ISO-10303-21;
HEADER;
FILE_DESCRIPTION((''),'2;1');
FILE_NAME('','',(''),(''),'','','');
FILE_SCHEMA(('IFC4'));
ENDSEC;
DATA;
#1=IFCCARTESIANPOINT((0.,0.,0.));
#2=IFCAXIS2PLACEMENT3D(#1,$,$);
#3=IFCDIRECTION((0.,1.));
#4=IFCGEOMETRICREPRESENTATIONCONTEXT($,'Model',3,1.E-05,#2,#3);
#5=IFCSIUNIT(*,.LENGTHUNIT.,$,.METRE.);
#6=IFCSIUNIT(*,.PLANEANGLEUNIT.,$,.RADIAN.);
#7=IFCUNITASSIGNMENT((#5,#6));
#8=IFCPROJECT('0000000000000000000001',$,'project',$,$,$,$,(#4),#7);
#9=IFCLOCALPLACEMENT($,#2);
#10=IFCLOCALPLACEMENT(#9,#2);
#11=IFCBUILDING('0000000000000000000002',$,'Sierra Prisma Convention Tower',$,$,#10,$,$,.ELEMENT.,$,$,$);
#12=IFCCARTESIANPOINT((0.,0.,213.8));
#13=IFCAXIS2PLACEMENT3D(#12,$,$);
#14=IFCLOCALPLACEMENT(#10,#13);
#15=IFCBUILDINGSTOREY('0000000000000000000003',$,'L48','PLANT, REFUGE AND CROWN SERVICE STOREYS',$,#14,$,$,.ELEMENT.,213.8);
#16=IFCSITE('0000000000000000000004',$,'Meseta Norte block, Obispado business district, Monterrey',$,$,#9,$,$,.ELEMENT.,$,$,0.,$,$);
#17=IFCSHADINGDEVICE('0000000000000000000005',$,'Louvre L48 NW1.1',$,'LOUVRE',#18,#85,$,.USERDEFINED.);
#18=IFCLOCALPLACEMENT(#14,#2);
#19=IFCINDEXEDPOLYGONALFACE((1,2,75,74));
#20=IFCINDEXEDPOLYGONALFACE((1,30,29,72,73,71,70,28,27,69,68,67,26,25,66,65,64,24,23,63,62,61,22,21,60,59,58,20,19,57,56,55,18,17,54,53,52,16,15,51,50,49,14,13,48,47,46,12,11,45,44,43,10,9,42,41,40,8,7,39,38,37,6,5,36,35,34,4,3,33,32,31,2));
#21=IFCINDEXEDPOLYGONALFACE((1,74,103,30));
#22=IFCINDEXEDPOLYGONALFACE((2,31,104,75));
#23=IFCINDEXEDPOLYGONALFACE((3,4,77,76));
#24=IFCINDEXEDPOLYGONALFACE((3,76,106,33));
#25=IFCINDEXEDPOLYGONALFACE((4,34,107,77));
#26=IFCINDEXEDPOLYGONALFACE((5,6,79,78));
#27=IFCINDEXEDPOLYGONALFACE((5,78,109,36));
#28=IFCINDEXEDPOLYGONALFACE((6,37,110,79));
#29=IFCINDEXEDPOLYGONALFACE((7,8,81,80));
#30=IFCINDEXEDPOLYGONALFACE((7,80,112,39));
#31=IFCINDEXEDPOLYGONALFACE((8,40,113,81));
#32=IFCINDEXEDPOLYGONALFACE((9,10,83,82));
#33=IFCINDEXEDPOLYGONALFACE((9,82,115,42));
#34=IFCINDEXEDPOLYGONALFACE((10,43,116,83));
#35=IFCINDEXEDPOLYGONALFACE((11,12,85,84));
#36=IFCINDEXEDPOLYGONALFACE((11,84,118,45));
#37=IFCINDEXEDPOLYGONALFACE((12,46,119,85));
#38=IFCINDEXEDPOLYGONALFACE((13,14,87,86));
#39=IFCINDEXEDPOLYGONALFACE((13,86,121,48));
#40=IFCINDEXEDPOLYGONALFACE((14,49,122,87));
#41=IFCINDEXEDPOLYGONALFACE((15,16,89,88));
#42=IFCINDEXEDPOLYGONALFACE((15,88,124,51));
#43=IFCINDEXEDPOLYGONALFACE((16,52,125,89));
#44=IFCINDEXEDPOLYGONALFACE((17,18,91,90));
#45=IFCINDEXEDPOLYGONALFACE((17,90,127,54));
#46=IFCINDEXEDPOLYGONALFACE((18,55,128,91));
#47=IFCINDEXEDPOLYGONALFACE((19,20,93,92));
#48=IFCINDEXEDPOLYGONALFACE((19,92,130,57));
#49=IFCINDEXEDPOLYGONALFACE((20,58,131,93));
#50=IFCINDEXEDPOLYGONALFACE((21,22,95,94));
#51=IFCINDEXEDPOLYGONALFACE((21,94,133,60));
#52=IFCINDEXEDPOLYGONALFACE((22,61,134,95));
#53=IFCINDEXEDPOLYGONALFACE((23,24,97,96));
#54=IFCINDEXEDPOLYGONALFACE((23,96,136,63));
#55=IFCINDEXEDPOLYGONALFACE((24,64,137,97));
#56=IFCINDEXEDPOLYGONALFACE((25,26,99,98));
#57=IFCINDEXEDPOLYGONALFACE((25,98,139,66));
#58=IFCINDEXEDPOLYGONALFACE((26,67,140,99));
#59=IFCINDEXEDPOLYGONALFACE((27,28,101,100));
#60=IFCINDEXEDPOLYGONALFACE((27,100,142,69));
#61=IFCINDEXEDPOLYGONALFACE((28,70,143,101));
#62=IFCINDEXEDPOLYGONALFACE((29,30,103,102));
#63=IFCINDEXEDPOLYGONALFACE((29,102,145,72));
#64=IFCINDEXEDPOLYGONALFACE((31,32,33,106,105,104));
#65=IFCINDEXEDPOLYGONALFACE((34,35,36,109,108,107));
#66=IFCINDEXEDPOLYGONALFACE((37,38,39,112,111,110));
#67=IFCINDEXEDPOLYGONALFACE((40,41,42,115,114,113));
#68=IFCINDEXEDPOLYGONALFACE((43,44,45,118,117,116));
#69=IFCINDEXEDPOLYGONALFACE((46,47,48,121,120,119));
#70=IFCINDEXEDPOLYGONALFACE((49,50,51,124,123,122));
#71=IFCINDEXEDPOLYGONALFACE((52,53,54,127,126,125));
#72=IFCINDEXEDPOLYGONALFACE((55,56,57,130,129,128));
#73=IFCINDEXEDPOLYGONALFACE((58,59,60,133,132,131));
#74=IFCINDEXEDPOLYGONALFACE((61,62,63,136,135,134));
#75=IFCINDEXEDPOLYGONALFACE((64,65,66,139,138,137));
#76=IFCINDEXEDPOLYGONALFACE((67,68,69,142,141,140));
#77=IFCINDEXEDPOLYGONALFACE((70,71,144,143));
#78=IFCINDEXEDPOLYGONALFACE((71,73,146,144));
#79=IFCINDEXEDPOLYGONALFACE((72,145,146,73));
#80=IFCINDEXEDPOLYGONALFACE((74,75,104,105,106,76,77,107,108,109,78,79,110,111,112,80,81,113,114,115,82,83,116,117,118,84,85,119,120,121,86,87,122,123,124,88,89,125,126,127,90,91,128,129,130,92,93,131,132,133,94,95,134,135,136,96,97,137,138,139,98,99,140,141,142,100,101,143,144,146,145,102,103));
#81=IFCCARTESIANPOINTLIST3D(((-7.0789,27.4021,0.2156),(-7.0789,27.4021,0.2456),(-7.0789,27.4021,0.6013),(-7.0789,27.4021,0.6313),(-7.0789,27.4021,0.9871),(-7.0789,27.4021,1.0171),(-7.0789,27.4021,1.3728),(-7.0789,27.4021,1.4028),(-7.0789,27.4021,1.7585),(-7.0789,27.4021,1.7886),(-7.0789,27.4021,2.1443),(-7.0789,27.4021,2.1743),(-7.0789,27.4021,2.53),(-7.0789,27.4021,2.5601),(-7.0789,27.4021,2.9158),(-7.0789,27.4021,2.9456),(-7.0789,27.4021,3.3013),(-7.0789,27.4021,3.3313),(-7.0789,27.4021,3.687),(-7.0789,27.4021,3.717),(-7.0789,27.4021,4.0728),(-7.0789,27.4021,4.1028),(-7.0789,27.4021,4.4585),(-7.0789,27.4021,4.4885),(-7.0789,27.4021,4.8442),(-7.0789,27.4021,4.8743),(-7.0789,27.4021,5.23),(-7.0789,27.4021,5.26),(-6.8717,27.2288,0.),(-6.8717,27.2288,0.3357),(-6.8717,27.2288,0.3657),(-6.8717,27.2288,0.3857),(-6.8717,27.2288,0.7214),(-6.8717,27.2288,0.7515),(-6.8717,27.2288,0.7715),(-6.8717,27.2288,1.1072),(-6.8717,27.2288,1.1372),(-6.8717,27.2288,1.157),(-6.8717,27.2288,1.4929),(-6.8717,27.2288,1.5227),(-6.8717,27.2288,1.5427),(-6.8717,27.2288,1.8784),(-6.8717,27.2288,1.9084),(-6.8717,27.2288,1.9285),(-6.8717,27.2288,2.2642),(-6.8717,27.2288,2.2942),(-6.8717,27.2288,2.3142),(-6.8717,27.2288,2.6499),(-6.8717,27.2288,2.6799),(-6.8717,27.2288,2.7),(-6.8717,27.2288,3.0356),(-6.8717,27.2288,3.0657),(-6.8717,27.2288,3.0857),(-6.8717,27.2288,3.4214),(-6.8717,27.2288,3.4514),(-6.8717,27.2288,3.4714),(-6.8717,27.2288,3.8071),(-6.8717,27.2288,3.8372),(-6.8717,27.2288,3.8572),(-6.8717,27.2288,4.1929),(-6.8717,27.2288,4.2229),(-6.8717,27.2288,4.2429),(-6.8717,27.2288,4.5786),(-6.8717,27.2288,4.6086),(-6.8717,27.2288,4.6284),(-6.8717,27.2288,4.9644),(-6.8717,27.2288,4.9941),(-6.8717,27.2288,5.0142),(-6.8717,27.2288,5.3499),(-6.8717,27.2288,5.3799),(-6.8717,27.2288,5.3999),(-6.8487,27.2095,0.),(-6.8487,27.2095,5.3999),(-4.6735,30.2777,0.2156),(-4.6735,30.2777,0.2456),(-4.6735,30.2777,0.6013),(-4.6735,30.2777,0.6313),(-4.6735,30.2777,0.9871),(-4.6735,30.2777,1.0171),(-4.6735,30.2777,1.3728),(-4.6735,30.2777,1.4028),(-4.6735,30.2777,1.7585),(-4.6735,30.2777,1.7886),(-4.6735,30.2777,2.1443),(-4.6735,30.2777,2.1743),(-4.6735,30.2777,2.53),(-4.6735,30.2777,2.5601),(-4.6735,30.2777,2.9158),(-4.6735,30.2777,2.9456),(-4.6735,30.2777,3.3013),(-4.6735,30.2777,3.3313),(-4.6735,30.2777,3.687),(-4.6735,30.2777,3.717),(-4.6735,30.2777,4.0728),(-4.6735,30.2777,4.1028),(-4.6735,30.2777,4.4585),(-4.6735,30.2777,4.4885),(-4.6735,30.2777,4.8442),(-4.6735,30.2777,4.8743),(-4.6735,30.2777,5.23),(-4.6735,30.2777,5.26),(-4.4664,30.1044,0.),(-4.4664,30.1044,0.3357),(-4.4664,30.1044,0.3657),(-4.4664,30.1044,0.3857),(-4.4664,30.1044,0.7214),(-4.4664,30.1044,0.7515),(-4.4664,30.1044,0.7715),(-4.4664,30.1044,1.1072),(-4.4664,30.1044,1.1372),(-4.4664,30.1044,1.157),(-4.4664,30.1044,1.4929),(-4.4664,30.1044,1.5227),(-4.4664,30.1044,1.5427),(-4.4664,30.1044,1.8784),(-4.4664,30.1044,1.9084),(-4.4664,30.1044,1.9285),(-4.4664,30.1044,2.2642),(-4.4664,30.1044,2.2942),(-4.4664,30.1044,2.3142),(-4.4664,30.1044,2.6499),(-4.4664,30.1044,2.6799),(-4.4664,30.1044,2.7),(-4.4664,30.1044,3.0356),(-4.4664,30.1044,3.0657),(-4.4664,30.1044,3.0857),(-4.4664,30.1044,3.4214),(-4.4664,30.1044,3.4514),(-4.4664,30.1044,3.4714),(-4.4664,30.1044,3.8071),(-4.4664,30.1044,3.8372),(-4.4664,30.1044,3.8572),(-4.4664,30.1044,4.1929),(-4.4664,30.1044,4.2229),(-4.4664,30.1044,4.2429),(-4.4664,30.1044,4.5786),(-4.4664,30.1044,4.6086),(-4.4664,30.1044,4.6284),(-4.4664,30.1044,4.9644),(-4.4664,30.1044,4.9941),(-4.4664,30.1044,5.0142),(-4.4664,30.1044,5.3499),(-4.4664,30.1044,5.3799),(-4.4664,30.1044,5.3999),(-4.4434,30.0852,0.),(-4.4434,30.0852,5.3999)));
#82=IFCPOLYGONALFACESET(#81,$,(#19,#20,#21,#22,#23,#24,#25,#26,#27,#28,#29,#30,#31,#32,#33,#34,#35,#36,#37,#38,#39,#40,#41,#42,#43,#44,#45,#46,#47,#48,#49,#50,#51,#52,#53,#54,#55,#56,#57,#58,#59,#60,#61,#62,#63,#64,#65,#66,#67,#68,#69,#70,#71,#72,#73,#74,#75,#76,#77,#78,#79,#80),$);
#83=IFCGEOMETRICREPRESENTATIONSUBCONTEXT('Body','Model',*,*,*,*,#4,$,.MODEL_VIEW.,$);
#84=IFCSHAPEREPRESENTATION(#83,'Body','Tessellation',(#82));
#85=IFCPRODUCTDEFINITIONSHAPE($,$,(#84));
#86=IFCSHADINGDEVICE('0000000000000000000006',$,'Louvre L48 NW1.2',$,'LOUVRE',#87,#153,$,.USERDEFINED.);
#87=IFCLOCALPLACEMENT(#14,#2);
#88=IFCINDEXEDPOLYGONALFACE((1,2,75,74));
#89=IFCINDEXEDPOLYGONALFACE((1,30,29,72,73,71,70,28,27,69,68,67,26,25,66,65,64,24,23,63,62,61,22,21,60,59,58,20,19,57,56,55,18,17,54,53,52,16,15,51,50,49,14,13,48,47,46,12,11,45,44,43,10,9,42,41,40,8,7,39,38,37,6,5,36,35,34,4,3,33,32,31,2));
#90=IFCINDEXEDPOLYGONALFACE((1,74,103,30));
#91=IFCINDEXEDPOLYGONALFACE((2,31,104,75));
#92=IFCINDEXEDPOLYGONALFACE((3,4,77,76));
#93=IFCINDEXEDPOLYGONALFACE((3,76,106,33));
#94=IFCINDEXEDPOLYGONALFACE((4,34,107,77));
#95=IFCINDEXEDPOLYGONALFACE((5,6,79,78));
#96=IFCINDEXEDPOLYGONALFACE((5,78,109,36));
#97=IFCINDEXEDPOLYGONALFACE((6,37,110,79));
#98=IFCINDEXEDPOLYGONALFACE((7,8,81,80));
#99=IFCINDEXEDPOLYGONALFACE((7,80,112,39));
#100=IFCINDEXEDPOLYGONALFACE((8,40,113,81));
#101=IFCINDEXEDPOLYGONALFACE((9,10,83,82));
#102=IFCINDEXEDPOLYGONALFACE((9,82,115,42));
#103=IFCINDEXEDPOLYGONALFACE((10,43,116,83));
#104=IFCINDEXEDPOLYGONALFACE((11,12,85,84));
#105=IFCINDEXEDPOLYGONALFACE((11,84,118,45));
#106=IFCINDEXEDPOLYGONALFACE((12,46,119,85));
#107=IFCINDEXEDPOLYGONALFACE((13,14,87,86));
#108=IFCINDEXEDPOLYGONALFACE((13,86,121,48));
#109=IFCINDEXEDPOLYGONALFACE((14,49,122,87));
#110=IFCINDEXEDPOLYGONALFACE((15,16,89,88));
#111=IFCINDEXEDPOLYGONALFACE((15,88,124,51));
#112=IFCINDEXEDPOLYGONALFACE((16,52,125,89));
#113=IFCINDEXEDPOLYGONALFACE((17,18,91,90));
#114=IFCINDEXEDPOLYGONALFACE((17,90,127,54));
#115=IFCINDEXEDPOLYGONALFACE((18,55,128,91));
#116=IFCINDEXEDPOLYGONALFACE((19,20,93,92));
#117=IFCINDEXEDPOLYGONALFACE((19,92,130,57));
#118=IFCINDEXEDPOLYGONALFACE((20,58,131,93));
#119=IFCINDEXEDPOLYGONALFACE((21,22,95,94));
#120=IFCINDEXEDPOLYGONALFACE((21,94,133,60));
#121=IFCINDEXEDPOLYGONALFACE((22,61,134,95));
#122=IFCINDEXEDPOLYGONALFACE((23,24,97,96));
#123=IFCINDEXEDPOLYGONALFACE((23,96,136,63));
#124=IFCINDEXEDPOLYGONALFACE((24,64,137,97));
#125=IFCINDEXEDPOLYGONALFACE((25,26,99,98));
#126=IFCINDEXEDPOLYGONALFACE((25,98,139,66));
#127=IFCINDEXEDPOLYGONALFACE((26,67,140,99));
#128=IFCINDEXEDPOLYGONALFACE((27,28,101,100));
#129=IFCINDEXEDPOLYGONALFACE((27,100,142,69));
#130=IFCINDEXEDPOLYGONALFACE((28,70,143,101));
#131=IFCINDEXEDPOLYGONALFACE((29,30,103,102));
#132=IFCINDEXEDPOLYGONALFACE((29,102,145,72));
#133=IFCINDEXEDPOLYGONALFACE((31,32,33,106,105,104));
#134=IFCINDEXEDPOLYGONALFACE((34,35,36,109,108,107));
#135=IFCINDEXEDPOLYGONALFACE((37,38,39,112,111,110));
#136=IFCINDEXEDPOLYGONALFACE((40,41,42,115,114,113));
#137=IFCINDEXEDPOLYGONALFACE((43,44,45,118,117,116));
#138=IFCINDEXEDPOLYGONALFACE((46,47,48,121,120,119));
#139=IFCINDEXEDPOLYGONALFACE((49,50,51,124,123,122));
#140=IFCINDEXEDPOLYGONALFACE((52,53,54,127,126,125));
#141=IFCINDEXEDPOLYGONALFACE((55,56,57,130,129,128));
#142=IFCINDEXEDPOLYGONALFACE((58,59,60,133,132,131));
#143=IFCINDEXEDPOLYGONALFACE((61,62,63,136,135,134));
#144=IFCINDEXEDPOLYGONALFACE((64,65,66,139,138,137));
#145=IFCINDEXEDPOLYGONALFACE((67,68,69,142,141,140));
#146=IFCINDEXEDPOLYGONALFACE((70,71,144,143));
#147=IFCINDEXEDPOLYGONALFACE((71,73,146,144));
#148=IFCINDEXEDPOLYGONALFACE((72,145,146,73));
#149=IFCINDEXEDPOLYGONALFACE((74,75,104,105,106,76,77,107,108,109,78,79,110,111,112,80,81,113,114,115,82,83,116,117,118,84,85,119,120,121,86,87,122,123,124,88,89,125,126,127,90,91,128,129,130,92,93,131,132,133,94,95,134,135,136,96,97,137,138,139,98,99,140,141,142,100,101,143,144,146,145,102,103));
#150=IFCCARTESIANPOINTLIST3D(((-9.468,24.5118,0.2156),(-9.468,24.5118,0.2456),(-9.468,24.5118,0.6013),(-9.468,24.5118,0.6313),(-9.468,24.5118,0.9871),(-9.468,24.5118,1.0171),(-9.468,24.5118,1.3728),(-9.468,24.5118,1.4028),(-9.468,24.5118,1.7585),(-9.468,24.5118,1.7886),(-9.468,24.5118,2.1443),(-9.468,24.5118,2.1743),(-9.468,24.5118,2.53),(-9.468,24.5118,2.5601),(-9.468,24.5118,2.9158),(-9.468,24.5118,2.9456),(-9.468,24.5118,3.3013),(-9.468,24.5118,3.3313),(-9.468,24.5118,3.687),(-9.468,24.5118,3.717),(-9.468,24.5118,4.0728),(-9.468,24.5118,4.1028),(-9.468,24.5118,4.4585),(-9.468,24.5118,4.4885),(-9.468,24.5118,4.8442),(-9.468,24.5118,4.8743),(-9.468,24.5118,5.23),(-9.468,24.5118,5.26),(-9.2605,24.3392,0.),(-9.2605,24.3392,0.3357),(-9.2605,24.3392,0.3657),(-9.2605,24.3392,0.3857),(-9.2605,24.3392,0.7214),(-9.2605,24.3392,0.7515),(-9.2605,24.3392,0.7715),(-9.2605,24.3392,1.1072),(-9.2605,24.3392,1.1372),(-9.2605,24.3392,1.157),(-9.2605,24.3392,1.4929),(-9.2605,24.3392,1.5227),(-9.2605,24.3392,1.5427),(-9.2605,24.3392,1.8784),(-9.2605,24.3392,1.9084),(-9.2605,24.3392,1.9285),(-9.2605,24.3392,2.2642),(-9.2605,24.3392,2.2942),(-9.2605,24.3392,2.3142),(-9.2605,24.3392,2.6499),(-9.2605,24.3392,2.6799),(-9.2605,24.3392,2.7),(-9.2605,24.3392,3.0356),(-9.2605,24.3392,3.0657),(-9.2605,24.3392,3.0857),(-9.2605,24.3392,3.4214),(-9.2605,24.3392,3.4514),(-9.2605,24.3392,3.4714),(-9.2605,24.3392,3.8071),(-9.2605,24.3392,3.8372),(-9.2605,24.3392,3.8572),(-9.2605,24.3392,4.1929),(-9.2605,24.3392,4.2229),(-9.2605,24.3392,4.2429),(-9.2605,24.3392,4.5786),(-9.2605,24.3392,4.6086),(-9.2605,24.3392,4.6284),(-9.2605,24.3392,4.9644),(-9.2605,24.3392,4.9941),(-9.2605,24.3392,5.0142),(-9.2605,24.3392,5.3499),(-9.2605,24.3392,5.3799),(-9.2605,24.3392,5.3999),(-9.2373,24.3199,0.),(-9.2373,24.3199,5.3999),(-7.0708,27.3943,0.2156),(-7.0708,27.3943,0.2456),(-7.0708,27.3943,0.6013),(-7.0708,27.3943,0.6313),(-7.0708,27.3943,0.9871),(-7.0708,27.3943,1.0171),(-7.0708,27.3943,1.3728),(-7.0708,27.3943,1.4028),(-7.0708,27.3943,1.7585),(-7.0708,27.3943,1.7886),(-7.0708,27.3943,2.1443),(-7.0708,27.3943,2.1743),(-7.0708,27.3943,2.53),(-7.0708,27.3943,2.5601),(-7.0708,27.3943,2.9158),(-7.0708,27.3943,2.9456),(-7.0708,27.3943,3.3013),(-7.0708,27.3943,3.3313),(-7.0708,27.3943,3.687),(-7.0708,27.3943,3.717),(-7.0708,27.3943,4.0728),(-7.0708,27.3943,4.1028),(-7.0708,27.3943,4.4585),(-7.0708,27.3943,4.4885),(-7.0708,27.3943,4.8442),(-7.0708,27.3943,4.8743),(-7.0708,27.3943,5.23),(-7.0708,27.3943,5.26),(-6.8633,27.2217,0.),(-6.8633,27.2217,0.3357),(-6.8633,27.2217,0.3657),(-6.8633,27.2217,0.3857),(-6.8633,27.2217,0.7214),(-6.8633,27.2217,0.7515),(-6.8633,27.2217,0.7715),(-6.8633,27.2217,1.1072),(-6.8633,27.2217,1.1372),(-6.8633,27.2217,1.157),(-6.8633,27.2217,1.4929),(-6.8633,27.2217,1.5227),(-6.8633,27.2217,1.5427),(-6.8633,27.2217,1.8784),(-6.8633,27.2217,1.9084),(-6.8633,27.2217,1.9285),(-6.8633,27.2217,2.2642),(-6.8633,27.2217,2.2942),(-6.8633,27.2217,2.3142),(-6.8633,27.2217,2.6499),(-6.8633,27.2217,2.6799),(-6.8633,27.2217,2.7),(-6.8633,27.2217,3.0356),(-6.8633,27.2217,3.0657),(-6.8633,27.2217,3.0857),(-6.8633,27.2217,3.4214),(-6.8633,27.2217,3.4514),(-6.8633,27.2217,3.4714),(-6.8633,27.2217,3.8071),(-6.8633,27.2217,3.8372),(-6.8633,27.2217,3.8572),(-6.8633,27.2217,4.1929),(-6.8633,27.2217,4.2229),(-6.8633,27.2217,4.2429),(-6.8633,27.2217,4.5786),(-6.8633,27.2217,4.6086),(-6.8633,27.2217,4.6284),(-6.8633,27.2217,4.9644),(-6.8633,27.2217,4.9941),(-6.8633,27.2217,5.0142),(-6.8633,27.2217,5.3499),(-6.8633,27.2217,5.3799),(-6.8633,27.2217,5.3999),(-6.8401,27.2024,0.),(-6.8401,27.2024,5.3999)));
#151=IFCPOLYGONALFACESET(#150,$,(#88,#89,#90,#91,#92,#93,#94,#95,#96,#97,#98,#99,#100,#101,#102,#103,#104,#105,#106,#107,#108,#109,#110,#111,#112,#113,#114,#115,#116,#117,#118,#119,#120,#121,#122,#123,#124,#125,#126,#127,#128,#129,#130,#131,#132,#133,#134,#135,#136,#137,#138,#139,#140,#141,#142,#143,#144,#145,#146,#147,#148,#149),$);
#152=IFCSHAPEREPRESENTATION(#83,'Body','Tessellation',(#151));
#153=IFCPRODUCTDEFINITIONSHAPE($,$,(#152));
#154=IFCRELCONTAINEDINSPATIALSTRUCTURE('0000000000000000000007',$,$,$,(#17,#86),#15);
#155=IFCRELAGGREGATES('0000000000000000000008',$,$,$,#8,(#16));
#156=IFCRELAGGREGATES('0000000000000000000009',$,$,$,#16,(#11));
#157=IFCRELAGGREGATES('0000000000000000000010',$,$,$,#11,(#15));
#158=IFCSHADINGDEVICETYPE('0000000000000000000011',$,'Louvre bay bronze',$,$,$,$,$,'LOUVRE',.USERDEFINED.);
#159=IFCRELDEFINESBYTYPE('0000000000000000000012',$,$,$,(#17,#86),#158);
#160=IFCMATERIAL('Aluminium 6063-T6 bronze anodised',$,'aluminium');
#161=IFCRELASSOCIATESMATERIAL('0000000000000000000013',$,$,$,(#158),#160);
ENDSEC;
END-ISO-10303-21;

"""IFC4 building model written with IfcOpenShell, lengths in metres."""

from ifc_helpers import new_model, si_unit, direction, frame, origin, place, context, subcontext, project, spatial, polyline, outline, extrude, material, type_object, element, save


model = new_model("IFC4")

# Units and contexts
model_context = context("Model", 3, precision=1e-05, world=origin(), true_north=direction((0.0, 1.0)))
body_context = subcontext(model_context, "Body", "Model", "MODEL_VIEW")
ifc_project = project(units=[si_unit("LENGTHUNIT", "METRE"), si_unit("PLANEANGLEUNIT", "RADIAN")], contexts=[model_context])

# Site, building, storey
site_placement = place(None, origin())
site = spatial("IfcSite", under=ifc_project, at=site_placement, Name="Meseta Norte block, Obispado business district, Monterrey", CompositionType="ELEMENT", RefElevation=0.0)
building_placement = place(site_placement, origin())
building = spatial("IfcBuilding", under=site, at=building_placement, Name="Sierra Prisma Convention Tower", CompositionType="ELEMENT")
storey_placement = place(building_placement, frame((0.0, 0.0, 213.8)))
storey = spatial("IfcBuildingStorey", under=building, at=storey_placement, Name="L48", Description="PLANT, REFUGE AND CROWN SERVICE STOREYS", CompositionType="ELEMENT", Elevation=213.8)

# Shading devices
ifc_material_1 = material(Name="Aluminium 6063-T6 bronze anodised", Category="aluminium")
shading_device_type = type_object("IfcShadingDeviceType", Name="Louvre bay bronze", ElementType="LOUVRE", PredefinedType="USERDEFINED", material=ifc_material_1)
shading_device_1_placement = place(storey_placement, frame((-4.4434, 30.0852, 0.0), z_axis=(0.641591, 0.767047, 0.0), x_axis=(0.0, 0.0, 1.0)))
element("IfcShadingDevice", 1, at=shading_device_1_placement, inside=storey, type_object=shading_device_type, Name="Louvre L48 NW1.1", ObjectType="LOUVRE", PredefinedType="USERDEFINED", context=body_context, shape_type="SweptSolid", body=[
    extrude(outline(polyline([(0.0, 0.0), (5.3999, 0.0), (5.3999, -0.03), (5.3799, -0.03), (5.26, -0.3001), (5.23, -0.3001), (5.3499, -0.03), (5.0142, -0.03), (4.9941, -0.03), (4.8743, -0.3001), (4.8442, -0.3001), (4.9644, -0.03), (4.6284, -0.03), (4.6086, -0.03), (4.4885, -0.3001), (4.4585, -0.3001), (4.5786, -0.03), (4.2429, -0.03), (4.2229, -0.03), (4.1028, -0.3001), (4.0728, -0.3001), (4.1929, -0.03), (3.8572, -0.03), (3.8372, -0.03), (3.717, -0.3001), (3.687, -0.3001), (3.8071, -0.03), (3.4714, -0.03), (3.4514, -0.03), (3.3313, -0.3001), (3.3013, -0.3001), (3.4214, -0.03), (3.0857, -0.03), (3.0657, -0.03), (2.9456, -0.3001), (2.9158, -0.3001), (3.0356, -0.03), (2.7, -0.03), (2.6799, -0.03), (2.5601, -0.3001), (2.53, -0.3001), (2.6499, -0.03), (2.3142, -0.03), (2.2942, -0.03), (2.1743, -0.3001), (2.1443, -0.3001), (2.2642, -0.03), (1.9285, -0.03), (1.9084, -0.03), (1.7886, -0.3001), (1.7585, -0.3001), (1.8784, -0.03), (1.5427, -0.03), (1.5227, -0.03), (1.4028, -0.3001), (1.3728, -0.3001), (1.4929, -0.03), (1.157, -0.03), (1.1372, -0.03), (1.0171, -0.3001), (0.9871, -0.3001), (1.1072, -0.03), (0.7715, -0.03), (0.7515, -0.03), (0.6313, -0.3001), (0.6013, -0.3001), (0.7214, -0.03), (0.3857, -0.03), (0.3657, -0.03), (0.2456, -0.3001), (0.2156, -0.3001), (0.3357, -0.03), (0.0, -0.03), (0.0, 0.0)])), origin(), (0.0, 0.0, -1.0), 3.749),
])
shading_device_2_placement = place(storey_placement, frame((-6.8401, 27.2024, 0.0), z_axis=(0.639423, 0.768855, 0.0), x_axis=(0.0, 0.0, 1.0)))
element("IfcShadingDevice", 2, at=shading_device_2_placement, inside=storey, type_object=shading_device_type, Name="Louvre L48 NW1.2", ObjectType="LOUVRE", PredefinedType="USERDEFINED", context=body_context, shape_type="SweptSolid", body=[
    extrude(outline(polyline([(0.0, 0.0), (5.3999, 0.0), (5.3999, -0.0302), (5.3799, -0.0302), (5.26, -0.3001), (5.23, -0.3001), (5.3499, -0.0302), (5.0142, -0.0302), (4.9941, -0.0302), (4.8743, -0.3001), (4.8442, -0.3001), (4.9644, -0.0302), (4.6284, -0.0302), (4.6086, -0.0302), (4.4885, -0.3001), (4.4585, -0.3001), (4.5786, -0.0302), (4.2429, -0.0302), (4.2229, -0.0302), (4.1028, -0.3001), (4.0728, -0.3001), (4.1929, -0.0302), (3.8572, -0.0302), (3.8372, -0.0302), (3.717, -0.3001), (3.687, -0.3001), (3.8071, -0.0302), (3.4714, -0.0302), (3.4514, -0.0302), (3.3313, -0.3001), (3.3013, -0.3001), (3.4214, -0.0302), (3.0857, -0.0302), (3.0657, -0.0302), (2.9456, -0.3001), (2.9158, -0.3001), (3.0356, -0.0302), (2.7, -0.0302), (2.6799, -0.0302), (2.5601, -0.3001), (2.53, -0.3001), (2.6499, -0.0302), (2.3142, -0.0302), (2.2942, -0.0302), (2.1743, -0.3001), (2.1443, -0.3001), (2.2642, -0.0302), (1.9285, -0.0302), (1.9084, -0.0302), (1.7886, -0.3001), (1.7585, -0.3001), (1.8784, -0.0302), (1.5427, -0.0302), (1.5227, -0.0302), (1.4028, -0.3001), (1.3728, -0.3001), (1.4929, -0.0302), (1.157, -0.0302), (1.1372, -0.0302), (1.0171, -0.3001), (0.9871, -0.3001), (1.1072, -0.0302), (0.7715, -0.0302), (0.7515, -0.0302), (0.6313, -0.3001), (0.6013, -0.3001), (0.7214, -0.0302), (0.3857, -0.0302), (0.3657, -0.0302), (0.2456, -0.3001), (0.2156, -0.3001), (0.3357, -0.0302), (0.0, -0.0302), (0.0, 0.0)])), origin(), (0.0, 0.0, -1.0), 3.749),
])

save(model, "model.ifc")
